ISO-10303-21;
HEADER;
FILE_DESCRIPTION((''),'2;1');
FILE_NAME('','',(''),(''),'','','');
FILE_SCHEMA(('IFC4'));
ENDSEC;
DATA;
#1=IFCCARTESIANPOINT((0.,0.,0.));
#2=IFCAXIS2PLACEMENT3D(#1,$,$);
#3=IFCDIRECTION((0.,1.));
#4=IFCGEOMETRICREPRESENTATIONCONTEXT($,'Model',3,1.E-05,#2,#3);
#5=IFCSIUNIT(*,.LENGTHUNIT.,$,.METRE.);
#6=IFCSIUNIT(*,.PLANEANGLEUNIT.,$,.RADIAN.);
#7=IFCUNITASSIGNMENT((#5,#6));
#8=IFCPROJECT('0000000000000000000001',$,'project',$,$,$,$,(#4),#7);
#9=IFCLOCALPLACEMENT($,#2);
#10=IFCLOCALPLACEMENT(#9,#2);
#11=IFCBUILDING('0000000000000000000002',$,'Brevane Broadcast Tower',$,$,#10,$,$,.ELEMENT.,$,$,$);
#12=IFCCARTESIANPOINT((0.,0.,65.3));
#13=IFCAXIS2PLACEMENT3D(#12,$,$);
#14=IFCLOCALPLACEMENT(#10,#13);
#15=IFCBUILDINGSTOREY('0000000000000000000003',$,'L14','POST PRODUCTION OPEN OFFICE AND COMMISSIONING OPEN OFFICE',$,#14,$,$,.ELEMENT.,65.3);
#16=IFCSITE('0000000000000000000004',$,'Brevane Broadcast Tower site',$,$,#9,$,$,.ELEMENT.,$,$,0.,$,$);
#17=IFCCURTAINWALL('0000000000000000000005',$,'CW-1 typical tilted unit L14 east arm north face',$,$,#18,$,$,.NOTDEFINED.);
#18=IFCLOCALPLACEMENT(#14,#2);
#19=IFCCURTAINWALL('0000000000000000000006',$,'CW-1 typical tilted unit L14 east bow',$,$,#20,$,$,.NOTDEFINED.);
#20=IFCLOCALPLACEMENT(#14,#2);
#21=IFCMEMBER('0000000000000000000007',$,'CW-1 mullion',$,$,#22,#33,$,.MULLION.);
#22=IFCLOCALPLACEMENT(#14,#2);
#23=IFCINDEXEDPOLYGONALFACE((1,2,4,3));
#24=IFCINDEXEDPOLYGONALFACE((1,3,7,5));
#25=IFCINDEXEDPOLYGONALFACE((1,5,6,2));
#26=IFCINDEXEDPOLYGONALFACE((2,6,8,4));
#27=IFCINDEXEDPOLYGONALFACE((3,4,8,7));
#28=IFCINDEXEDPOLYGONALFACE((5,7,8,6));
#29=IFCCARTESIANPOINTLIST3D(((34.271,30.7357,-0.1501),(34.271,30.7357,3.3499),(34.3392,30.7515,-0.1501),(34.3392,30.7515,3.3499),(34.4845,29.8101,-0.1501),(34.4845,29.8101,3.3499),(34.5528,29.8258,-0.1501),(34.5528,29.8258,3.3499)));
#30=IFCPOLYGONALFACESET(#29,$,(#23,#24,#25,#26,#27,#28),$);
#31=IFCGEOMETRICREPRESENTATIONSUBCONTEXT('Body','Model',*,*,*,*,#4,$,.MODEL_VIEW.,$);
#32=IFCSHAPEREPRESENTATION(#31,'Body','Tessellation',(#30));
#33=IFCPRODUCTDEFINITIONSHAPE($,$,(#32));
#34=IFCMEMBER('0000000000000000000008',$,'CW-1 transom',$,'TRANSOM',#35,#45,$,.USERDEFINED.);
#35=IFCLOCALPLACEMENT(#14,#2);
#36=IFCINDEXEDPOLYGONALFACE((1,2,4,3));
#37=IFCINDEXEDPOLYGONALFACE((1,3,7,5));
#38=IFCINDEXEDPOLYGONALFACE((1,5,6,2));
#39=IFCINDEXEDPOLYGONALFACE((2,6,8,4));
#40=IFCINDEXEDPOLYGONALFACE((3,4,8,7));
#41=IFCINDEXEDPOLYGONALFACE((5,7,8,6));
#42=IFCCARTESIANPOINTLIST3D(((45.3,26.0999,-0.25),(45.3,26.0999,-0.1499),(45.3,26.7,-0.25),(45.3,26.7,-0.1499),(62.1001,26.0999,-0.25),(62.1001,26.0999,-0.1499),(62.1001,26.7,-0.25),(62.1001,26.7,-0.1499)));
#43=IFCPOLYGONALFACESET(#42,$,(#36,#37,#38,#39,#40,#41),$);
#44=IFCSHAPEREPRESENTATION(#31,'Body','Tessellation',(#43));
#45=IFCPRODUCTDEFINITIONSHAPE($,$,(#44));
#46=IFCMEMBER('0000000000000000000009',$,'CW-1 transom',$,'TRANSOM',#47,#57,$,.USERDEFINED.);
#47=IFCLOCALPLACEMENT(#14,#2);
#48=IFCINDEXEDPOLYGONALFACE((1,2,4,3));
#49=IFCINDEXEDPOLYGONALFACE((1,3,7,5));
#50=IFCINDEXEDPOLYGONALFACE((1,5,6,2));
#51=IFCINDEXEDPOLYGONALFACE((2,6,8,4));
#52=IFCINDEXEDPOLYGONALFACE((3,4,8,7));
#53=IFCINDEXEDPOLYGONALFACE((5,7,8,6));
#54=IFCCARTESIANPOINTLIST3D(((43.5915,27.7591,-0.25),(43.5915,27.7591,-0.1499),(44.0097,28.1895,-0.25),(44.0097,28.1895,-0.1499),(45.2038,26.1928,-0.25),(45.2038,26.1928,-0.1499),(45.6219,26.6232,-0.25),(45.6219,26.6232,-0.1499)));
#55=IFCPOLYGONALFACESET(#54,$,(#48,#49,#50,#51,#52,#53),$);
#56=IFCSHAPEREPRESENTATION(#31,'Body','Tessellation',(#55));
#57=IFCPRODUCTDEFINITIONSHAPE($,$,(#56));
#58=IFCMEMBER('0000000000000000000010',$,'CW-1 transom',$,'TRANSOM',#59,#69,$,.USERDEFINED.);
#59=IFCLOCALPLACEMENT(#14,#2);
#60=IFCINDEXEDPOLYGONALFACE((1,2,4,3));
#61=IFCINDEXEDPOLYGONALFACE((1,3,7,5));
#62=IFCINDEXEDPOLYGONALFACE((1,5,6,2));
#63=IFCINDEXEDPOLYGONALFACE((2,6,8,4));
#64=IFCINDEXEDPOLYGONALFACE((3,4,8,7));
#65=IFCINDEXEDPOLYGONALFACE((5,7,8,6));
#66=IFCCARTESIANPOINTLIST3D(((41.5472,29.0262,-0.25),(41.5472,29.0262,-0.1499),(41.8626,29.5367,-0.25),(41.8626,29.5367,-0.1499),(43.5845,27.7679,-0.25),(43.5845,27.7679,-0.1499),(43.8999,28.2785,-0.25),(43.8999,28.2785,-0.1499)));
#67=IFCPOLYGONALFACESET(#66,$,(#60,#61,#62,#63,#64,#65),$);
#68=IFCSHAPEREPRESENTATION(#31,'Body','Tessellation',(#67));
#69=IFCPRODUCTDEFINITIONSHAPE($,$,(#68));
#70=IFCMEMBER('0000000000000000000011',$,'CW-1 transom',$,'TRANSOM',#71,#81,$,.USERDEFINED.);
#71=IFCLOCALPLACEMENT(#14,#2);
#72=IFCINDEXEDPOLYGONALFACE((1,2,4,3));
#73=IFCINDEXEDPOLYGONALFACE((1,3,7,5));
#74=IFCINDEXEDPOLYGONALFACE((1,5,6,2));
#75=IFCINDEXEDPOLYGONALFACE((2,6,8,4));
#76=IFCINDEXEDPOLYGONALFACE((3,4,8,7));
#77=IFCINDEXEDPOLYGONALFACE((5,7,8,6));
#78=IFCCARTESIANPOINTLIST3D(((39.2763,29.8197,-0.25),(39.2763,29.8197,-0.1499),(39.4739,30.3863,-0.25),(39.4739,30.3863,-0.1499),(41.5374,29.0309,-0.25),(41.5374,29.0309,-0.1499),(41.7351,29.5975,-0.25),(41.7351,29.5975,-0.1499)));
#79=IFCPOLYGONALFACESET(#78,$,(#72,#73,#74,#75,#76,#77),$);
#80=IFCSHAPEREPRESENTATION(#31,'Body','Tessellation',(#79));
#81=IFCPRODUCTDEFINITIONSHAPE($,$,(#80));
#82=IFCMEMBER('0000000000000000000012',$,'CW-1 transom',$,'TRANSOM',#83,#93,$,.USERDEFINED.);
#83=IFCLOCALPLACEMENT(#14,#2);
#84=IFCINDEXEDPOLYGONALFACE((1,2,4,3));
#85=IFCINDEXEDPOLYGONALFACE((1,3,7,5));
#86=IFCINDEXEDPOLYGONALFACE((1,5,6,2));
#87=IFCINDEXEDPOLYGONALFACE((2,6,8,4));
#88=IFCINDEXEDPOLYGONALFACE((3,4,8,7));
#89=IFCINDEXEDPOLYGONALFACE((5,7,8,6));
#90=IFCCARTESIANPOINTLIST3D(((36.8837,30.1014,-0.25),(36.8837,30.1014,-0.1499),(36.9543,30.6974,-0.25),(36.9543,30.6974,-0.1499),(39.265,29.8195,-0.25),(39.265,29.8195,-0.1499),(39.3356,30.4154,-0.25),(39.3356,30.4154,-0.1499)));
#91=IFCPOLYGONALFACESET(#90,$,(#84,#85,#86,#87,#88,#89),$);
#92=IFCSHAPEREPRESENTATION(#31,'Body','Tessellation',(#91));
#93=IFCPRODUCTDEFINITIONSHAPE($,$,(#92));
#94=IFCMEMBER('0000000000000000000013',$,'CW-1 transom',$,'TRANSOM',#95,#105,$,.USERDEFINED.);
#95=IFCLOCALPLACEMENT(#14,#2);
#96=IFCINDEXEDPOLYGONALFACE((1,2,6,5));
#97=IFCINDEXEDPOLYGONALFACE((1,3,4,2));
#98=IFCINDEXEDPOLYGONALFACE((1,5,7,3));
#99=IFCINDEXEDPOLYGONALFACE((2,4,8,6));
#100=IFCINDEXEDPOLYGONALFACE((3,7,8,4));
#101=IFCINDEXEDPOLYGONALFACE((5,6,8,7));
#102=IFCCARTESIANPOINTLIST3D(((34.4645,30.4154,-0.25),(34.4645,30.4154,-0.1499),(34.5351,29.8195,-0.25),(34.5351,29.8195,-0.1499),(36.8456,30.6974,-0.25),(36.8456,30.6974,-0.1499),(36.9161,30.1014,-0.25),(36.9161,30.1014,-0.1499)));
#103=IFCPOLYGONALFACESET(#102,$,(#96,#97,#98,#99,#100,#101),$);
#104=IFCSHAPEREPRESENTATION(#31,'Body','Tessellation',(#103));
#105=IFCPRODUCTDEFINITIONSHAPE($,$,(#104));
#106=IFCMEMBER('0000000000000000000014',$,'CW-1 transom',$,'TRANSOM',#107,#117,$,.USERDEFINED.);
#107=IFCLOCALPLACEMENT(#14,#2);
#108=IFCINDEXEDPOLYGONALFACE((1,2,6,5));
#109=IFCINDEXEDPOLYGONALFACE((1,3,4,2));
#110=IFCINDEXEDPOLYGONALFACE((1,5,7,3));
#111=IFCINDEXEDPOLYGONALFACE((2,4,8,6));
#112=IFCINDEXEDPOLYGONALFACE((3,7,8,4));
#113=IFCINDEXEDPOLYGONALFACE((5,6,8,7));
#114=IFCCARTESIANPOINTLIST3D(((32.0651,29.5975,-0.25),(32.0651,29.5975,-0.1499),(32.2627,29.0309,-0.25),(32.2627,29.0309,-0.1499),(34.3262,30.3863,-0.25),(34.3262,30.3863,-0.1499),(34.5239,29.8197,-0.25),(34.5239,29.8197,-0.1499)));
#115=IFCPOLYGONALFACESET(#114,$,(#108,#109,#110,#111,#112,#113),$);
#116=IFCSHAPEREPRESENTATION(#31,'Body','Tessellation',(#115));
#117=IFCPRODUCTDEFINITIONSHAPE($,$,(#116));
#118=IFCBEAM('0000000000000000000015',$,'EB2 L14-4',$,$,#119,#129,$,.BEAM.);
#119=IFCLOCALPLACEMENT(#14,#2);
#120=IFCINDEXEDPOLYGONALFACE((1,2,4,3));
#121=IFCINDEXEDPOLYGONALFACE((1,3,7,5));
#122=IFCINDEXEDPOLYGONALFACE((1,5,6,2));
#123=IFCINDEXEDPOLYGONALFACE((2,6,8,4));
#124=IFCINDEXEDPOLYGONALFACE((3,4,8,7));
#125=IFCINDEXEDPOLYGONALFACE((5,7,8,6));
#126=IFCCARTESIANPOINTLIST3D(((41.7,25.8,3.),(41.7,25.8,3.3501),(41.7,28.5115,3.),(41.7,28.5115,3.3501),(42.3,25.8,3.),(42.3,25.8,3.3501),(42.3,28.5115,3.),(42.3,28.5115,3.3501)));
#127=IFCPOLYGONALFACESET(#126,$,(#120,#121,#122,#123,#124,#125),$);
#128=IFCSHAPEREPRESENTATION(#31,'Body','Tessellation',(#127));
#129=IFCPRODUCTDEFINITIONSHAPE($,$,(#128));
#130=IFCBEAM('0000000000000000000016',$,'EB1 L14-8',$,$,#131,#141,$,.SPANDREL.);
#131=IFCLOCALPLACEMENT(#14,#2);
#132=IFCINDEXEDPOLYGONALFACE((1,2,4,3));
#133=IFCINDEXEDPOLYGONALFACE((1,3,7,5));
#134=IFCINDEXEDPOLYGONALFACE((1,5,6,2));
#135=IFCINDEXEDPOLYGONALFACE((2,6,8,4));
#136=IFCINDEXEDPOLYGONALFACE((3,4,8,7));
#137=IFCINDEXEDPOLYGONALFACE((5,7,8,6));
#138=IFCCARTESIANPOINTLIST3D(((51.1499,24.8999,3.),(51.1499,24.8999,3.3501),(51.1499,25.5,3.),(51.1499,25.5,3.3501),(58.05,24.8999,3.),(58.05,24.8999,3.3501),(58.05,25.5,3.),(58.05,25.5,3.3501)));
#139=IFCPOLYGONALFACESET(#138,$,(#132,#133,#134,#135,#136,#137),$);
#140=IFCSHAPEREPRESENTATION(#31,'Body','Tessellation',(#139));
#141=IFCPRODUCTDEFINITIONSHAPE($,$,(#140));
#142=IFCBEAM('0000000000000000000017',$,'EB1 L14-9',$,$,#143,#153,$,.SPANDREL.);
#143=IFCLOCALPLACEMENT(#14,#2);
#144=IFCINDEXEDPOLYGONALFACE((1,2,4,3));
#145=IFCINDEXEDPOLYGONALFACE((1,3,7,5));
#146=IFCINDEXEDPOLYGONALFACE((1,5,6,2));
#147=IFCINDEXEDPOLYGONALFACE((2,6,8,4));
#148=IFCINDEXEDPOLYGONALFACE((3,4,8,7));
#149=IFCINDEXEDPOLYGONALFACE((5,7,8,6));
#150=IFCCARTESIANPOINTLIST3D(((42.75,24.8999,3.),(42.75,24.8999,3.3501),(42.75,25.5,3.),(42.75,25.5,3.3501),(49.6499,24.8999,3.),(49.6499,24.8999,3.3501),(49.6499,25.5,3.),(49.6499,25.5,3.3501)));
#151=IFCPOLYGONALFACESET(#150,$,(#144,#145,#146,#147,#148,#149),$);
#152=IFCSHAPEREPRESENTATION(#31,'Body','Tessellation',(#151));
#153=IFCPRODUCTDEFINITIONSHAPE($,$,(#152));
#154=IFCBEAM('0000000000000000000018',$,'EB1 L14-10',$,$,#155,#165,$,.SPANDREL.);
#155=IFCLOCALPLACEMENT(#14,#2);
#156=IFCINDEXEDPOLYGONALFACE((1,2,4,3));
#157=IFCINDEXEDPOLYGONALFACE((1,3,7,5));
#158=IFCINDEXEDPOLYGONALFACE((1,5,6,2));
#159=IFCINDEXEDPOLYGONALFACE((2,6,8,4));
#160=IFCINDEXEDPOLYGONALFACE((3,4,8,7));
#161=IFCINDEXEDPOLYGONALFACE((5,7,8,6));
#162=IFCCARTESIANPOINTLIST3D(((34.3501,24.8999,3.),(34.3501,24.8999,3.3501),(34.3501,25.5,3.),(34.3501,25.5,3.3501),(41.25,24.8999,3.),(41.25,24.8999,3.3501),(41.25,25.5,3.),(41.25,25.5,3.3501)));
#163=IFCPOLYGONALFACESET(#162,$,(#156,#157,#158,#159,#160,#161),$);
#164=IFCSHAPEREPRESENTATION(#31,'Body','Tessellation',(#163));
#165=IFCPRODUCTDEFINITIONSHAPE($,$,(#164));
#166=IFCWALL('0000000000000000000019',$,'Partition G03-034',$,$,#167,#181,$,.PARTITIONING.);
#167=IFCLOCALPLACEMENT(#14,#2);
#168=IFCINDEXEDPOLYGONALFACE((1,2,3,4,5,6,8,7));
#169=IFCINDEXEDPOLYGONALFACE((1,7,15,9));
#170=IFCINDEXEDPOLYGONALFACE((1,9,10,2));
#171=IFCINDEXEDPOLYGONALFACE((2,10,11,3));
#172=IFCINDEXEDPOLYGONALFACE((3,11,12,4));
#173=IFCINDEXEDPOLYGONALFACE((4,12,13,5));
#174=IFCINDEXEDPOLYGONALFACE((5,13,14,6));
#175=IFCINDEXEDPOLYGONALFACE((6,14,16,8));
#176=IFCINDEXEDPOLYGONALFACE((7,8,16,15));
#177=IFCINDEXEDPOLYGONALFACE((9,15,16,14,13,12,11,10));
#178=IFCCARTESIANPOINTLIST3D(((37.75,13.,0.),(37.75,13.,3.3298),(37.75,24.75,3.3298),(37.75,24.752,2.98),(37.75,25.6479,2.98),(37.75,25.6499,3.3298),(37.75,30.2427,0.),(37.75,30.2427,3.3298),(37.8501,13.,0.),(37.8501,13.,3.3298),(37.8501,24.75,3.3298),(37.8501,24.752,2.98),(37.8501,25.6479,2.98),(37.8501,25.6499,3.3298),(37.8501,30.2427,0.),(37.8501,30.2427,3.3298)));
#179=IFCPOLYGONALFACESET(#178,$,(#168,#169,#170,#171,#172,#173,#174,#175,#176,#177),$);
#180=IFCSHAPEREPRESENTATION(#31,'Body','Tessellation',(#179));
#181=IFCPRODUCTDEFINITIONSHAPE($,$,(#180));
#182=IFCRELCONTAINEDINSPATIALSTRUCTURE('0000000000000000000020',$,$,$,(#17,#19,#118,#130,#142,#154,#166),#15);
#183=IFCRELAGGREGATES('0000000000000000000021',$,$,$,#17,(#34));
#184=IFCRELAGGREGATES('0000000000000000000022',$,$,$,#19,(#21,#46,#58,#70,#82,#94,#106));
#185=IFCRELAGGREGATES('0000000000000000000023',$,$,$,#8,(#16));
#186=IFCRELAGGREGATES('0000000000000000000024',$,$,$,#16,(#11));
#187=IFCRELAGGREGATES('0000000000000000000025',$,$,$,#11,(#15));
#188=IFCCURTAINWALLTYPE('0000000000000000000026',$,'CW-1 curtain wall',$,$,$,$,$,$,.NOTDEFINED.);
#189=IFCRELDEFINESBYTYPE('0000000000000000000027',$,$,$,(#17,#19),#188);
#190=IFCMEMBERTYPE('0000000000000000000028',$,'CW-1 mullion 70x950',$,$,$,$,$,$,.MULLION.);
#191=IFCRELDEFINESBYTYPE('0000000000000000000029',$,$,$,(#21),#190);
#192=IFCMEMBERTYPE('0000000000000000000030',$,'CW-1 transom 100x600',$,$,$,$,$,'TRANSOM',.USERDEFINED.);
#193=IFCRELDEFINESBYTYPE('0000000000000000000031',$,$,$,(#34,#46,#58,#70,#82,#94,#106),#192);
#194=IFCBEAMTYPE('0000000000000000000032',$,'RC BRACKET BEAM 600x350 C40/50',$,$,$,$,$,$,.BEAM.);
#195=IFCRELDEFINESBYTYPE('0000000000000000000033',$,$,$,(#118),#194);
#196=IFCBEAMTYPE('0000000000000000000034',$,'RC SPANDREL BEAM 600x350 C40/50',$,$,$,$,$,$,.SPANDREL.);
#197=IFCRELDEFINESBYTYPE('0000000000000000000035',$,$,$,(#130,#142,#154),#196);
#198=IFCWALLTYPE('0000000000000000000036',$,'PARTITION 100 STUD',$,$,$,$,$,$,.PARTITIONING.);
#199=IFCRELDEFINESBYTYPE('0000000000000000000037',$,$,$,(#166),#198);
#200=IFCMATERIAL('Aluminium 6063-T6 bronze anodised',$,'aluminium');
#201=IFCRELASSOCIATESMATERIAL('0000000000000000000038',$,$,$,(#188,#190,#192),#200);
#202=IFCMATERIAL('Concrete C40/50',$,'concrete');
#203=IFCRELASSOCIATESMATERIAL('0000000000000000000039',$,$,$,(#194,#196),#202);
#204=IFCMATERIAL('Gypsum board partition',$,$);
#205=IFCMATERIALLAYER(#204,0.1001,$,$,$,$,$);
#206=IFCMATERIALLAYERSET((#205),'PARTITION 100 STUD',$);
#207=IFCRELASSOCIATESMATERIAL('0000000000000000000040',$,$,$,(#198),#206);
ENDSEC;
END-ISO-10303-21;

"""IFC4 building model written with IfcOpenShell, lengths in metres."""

from ifc_helpers import new_model, si_unit, direction, frame, origin, origin_2d, place, context, subcontext, project, spatial, polyline, rectangle, outline, extrude, material, layer, layer_set, material_profile, profile_set, type_object, element, aggregate, save


model = new_model("IFC4")

# Units and contexts
model_context = context("Model", 3, precision=1e-05, world=origin(), true_north=direction((0.0, 1.0)))
body_context = subcontext(model_context, "Body", "Model", "MODEL_VIEW")
ifc_project = project(units=[si_unit("LENGTHUNIT", "METRE"), si_unit("PLANEANGLEUNIT", "RADIAN")], contexts=[model_context])

# Site, building, storey
site_placement = place(None, origin())
site = spatial("IfcSite", under=ifc_project, at=site_placement, Name="Brevane Broadcast Tower site", CompositionType="ELEMENT", RefElevation=0.0)
building_placement = place(site_placement, origin())
building = spatial("IfcBuilding", under=site, at=building_placement, Name="Brevane Broadcast Tower", CompositionType="ELEMENT")
storey_placement = place(building_placement, frame((0.0, 0.0, 65.3)))
storey = spatial("IfcBuildingStorey", under=building, at=storey_placement, Name="L14", Description="POST PRODUCTION OPEN OFFICE AND COMMISSIONING OPEN OFFICE", CompositionType="ELEMENT", Elevation=65.3)

# Curtain walls, member
ifc_material_1 = material(Name="Aluminium 6063-T6 bronze anodised", Category="aluminium")
curtain_wall_type = type_object("IfcCurtainWallType", Name="CW-1 curtain wall", PredefinedType="NOTDEFINED", material=ifc_material_1)
ifc_material_profile_1 = material_profile(ifc_material_1, rectangle(XDim=0.95, YDim=0.0701, at=origin_2d()), Name="RECT 70x950")
ifc_profile_set_1 = profile_set([ifc_material_profile_1], Name="Aluminium 6063-T6 bronze anodised")
member_type_1 = type_object("IfcMemberType", Name="CW-1 mullion 70x950", PredefinedType="MULLION", material=ifc_profile_set_1)
curtain_wall_1_placement = place(storey_placement, origin())
curtain_wall_1 = element("IfcCurtainWall", 1, at=curtain_wall_1_placement, inside=storey, type_object=curtain_wall_type, Name="CW-1 typical tilted unit L14 east arm north face", PredefinedType="NOTDEFINED")
curtain_wall_2_placement = place(storey_placement, origin())
curtain_wall_2 = element("IfcCurtainWall", 2, at=curtain_wall_2_placement, inside=storey, type_object=curtain_wall_type, Name="CW-1 typical tilted unit L14 east bow", PredefinedType="NOTDEFINED")
member_1_placement = place(storey_placement, frame((34.4119, 30.2808, -0.1501), z_axis=(0.0, 0.0, 1.0), x_axis=(0.224806, -0.974403, 0.0)))
member_1 = element("IfcMember", 3, at=member_1_placement, type_object=member_type_1, Name="CW-1 mullion", PredefinedType="MULLION", context=body_context, shape_type="SweptSolid", body=[
    extrude(rectangle(XDim=0.95, YDim=0.0701, at=origin_2d()), origin(), (0.0, 0.0, 1.0), 3.5),
])

# Members
ifc_material_profile_2 = material_profile(ifc_material_1, rectangle(XDim=0.6001, YDim=0.1001, at=origin_2d()), Name="RECT 100x600")
ifc_profile_set_2 = profile_set([ifc_material_profile_2], Name="Aluminium 6063-T6 bronze anodised")
member_type_2 = type_object("IfcMemberType", Name="CW-1 transom 100x600", ElementType="TRANSOM", PredefinedType="USERDEFINED", material=ifc_profile_set_2)
member_2_placement = place(storey_placement, frame((62.1001, 26.3999, -0.2), z_axis=(-1.0, 0.0, 0.0), x_axis=(0.0, -1.0, 0.0)))
member_2 = element("IfcMember", 4, at=member_2_placement, type_object=member_type_2, Name="CW-1 transom", ObjectType="TRANSOM", PredefinedType="USERDEFINED", context=body_context, shape_type="SweptSolid", body=[
    extrude(rectangle(XDim=0.6001, YDim=0.1001, at=origin_2d()), origin(), (0.0, 0.0, 1.0), 16.8),
])
aggregate(curtain_wall_1, [member_2])
member_3_placement = place(storey_placement, frame((45.4128, 26.408, -0.2), z_axis=(-0.717242, 0.696824, 0.0), x_axis=(-0.696824, -0.717242, 0.0)))
member_3 = element("IfcMember", 5, at=member_3_placement, type_object=member_type_2, Name="CW-1 transom", ObjectType="TRANSOM", PredefinedType="USERDEFINED", context=body_context, shape_type="SweptSolid", body=[
    extrude(rectangle(XDim=0.6001, YDim=0.1001, at=origin_2d()), origin(), (0.0, 0.0, 1.0), 2.2478),
])
member_4_placement = place(storey_placement, frame((43.7422, 28.0232, -0.2), z_axis=(-0.85081, 0.525473, 0.0), x_axis=(-0.525473, -0.85081, 0.0)))
member_4 = element("IfcMember", 6, at=member_4_placement, type_object=member_type_2, Name="CW-1 transom", ObjectType="TRANSOM", PredefinedType="USERDEFINED", context=body_context, shape_type="SweptSolid", body=[
    extrude(rectangle(XDim=0.6001, YDim=0.1001, at=origin_2d()), origin(), (0.0, 0.0, 1.0), 2.3945),
])
member_5_placement = place(storey_placement, frame((41.6362, 29.3142, -0.2), z_axis=(-0.944198, 0.329378, 0.0), x_axis=(-0.329378, -0.944198, 0.0)))
member_5 = element("IfcMember", 7, at=member_5_placement, type_object=member_type_2, Name="CW-1 transom", ObjectType="TRANSOM", PredefinedType="USERDEFINED", context=body_context, shape_type="SweptSolid", body=[
    extrude(rectangle(XDim=0.6001, YDim=0.1001, at=origin_2d()), origin(), (0.0, 0.0, 1.0), 2.3948),
])
member_6_placement = place(storey_placement, frame((39.3003, 30.1174, -0.2), z_axis=(-0.993062, 0.117591, 0.0), x_axis=(-0.117591, -0.993062, 0.0)))
member_6 = element("IfcMember", 8, at=member_6_placement, type_object=member_type_2, Name="CW-1 transom", ObjectType="TRANSOM", PredefinedType="USERDEFINED", context=body_context, shape_type="SweptSolid", body=[
    extrude(rectangle(XDim=0.6001, YDim=0.1001, at=origin_2d()), origin(), (0.0, 0.0, 1.0), 2.3979),
])
member_7_placement = place(storey_placement, frame((36.8809, 30.3994, -0.2), z_axis=(-0.993061, -0.117603, 0.0), x_axis=(0.117603, -0.993061, 0.0)))
member_7 = element("IfcMember", 9, at=member_7_placement, type_object=member_type_2, Name="CW-1 transom", ObjectType="TRANSOM", PredefinedType="USERDEFINED", context=body_context, shape_type="SweptSolid", body=[
    extrude(rectangle(XDim=0.6001, YDim=0.1001, at=origin_2d()), origin(), (0.0, 0.0, 1.0), 2.3977),
])
member_8_placement = place(storey_placement, frame((34.425, 30.103, -0.2), z_axis=(-0.944198, -0.329378, 0.0), x_axis=(0.329378, -0.944198, 0.0)))
member_8 = element("IfcMember", 10, at=member_8_placement, type_object=member_type_2, Name="CW-1 transom", ObjectType="TRANSOM", PredefinedType="USERDEFINED", context=body_context, shape_type="SweptSolid", body=[
    extrude(rectangle(XDim=0.6001, YDim=0.1001, at=origin_2d()), origin(), (0.0, 0.0, 1.0), 2.3948),
])
aggregate(curtain_wall_2, [member_1, member_3, member_4, member_5, member_6, member_7, member_8])

# Beams
ifc_material_2 = material(Name="Concrete C40/50", Category="concrete")
ifc_material_profile_3 = material_profile(ifc_material_2, rectangle(XDim=0.6001, YDim=0.3501, at=origin_2d()), Name="RC 600x350")
ifc_profile_set_3 = profile_set([ifc_material_profile_3], Name="Concrete C40/50")
beam_type_1 = type_object("IfcBeamType", Name="RC BRACKET BEAM 600x350 C40/50", PredefinedType="BEAM", material=ifc_profile_set_3)
beam_1_placement = place(storey_placement, frame((42.0, 25.8, 3.175), z_axis=(0.0, 1.0, 0.0), x_axis=(-1.0, 0.0, 0.0)))
element("IfcBeam", 11, at=beam_1_placement, inside=storey, type_object=beam_type_1, Name="EB2 L14-4", PredefinedType="BEAM", context=body_context, shape_type="SweptSolid", body=[
    extrude(rectangle(XDim=0.6001, YDim=0.3501, at=origin_2d()), origin(), (0.0, 0.0, 1.0), 2.7114),
])
ifc_material_profile_4 = material_profile(ifc_material_2, rectangle(XDim=0.6001, YDim=0.3501, at=origin_2d()), Name="RC 600x350")
ifc_profile_set_4 = profile_set([ifc_material_profile_4], Name="Concrete C40/50")
beam_type_2 = type_object("IfcBeamType", Name="RC SPANDREL BEAM 600x350 C40/50", PredefinedType="SPANDREL", material=ifc_profile_set_4)
beam_2_placement = place(storey_placement, frame((58.05, 25.2, 3.175), z_axis=(-1.0, 0.0, 0.0), x_axis=(0.0, -1.0, 0.0)))
element("IfcBeam", 12, at=beam_2_placement, inside=storey, type_object=beam_type_2, Name="EB1 L14-8", PredefinedType="SPANDREL", context=body_context, shape_type="SweptSolid", body=[
    extrude(rectangle(XDim=0.6001, YDim=0.3501, at=origin_2d()), origin(), (0.0, 0.0, 1.0), 6.9001),
])
for number, where, z_axis, x_axis, name in (
    (13, (49.6499, 25.2, 3.175), (-1.0, 0.0, 0.0), (0.0, -1.0, 0.0), "EB1 L14-9"),
    (14, (41.25, 25.2, 3.175), (-1.0, 0.0, 0.0), (0.0, -1.0, 0.0), "EB1 L14-10"),
):
    element("IfcBeam", number, at=place(storey_placement, frame(where, z_axis=z_axis, x_axis=x_axis)), inside=storey, type_object=beam_type_2, Name=name, PredefinedType="SPANDREL", context=body_context, shape_type="SweptSolid", body=[
        extrude(rectangle(XDim=0.6001, YDim=0.3501, at=origin_2d()), origin(), (0.0, 0.0, 1.0), 6.8999),
    ])

# Wall
ifc_material_3 = material(Name="Gypsum board partition")
ifc_layer = layer(ifc_material_3, 0.1001)
ifc_layer_set = layer_set([ifc_layer], Name="PARTITION 100 STUD")
wall_type = type_object("IfcWallType", Name="PARTITION 100 STUD", PredefinedType="PARTITIONING", material=ifc_layer_set)
wall_1_placement = place(storey_placement, frame((37.8, 30.2427, 0.0), z_axis=(0.0, 0.0, 1.0), x_axis=(0.0, -1.0, 0.0)))
element("IfcWall", 15, at=wall_1_placement, inside=storey, type_object=wall_type, Name="Partition G03-034", PredefinedType="PARTITIONING", context=body_context, shape_type="SweptSolid", body=[
    extrude(outline(polyline([(0.0, 0.0), (17.2427, 0.0), (17.2427, 3.3298), (5.4927, 3.3298), (5.4907, 2.98), (4.5947, 2.98), (4.5928, 3.3298), (0.0, 3.3298), (0.0, 0.0)])), frame((0.0, 0.05, 0.0), z_axis=(0.0, -1.0, 0.0), x_axis=(1.0, 0.0, 0.0)), (0.0, 0.0, 1.0), 0.1001),
])

save(model, "model.ifc")
